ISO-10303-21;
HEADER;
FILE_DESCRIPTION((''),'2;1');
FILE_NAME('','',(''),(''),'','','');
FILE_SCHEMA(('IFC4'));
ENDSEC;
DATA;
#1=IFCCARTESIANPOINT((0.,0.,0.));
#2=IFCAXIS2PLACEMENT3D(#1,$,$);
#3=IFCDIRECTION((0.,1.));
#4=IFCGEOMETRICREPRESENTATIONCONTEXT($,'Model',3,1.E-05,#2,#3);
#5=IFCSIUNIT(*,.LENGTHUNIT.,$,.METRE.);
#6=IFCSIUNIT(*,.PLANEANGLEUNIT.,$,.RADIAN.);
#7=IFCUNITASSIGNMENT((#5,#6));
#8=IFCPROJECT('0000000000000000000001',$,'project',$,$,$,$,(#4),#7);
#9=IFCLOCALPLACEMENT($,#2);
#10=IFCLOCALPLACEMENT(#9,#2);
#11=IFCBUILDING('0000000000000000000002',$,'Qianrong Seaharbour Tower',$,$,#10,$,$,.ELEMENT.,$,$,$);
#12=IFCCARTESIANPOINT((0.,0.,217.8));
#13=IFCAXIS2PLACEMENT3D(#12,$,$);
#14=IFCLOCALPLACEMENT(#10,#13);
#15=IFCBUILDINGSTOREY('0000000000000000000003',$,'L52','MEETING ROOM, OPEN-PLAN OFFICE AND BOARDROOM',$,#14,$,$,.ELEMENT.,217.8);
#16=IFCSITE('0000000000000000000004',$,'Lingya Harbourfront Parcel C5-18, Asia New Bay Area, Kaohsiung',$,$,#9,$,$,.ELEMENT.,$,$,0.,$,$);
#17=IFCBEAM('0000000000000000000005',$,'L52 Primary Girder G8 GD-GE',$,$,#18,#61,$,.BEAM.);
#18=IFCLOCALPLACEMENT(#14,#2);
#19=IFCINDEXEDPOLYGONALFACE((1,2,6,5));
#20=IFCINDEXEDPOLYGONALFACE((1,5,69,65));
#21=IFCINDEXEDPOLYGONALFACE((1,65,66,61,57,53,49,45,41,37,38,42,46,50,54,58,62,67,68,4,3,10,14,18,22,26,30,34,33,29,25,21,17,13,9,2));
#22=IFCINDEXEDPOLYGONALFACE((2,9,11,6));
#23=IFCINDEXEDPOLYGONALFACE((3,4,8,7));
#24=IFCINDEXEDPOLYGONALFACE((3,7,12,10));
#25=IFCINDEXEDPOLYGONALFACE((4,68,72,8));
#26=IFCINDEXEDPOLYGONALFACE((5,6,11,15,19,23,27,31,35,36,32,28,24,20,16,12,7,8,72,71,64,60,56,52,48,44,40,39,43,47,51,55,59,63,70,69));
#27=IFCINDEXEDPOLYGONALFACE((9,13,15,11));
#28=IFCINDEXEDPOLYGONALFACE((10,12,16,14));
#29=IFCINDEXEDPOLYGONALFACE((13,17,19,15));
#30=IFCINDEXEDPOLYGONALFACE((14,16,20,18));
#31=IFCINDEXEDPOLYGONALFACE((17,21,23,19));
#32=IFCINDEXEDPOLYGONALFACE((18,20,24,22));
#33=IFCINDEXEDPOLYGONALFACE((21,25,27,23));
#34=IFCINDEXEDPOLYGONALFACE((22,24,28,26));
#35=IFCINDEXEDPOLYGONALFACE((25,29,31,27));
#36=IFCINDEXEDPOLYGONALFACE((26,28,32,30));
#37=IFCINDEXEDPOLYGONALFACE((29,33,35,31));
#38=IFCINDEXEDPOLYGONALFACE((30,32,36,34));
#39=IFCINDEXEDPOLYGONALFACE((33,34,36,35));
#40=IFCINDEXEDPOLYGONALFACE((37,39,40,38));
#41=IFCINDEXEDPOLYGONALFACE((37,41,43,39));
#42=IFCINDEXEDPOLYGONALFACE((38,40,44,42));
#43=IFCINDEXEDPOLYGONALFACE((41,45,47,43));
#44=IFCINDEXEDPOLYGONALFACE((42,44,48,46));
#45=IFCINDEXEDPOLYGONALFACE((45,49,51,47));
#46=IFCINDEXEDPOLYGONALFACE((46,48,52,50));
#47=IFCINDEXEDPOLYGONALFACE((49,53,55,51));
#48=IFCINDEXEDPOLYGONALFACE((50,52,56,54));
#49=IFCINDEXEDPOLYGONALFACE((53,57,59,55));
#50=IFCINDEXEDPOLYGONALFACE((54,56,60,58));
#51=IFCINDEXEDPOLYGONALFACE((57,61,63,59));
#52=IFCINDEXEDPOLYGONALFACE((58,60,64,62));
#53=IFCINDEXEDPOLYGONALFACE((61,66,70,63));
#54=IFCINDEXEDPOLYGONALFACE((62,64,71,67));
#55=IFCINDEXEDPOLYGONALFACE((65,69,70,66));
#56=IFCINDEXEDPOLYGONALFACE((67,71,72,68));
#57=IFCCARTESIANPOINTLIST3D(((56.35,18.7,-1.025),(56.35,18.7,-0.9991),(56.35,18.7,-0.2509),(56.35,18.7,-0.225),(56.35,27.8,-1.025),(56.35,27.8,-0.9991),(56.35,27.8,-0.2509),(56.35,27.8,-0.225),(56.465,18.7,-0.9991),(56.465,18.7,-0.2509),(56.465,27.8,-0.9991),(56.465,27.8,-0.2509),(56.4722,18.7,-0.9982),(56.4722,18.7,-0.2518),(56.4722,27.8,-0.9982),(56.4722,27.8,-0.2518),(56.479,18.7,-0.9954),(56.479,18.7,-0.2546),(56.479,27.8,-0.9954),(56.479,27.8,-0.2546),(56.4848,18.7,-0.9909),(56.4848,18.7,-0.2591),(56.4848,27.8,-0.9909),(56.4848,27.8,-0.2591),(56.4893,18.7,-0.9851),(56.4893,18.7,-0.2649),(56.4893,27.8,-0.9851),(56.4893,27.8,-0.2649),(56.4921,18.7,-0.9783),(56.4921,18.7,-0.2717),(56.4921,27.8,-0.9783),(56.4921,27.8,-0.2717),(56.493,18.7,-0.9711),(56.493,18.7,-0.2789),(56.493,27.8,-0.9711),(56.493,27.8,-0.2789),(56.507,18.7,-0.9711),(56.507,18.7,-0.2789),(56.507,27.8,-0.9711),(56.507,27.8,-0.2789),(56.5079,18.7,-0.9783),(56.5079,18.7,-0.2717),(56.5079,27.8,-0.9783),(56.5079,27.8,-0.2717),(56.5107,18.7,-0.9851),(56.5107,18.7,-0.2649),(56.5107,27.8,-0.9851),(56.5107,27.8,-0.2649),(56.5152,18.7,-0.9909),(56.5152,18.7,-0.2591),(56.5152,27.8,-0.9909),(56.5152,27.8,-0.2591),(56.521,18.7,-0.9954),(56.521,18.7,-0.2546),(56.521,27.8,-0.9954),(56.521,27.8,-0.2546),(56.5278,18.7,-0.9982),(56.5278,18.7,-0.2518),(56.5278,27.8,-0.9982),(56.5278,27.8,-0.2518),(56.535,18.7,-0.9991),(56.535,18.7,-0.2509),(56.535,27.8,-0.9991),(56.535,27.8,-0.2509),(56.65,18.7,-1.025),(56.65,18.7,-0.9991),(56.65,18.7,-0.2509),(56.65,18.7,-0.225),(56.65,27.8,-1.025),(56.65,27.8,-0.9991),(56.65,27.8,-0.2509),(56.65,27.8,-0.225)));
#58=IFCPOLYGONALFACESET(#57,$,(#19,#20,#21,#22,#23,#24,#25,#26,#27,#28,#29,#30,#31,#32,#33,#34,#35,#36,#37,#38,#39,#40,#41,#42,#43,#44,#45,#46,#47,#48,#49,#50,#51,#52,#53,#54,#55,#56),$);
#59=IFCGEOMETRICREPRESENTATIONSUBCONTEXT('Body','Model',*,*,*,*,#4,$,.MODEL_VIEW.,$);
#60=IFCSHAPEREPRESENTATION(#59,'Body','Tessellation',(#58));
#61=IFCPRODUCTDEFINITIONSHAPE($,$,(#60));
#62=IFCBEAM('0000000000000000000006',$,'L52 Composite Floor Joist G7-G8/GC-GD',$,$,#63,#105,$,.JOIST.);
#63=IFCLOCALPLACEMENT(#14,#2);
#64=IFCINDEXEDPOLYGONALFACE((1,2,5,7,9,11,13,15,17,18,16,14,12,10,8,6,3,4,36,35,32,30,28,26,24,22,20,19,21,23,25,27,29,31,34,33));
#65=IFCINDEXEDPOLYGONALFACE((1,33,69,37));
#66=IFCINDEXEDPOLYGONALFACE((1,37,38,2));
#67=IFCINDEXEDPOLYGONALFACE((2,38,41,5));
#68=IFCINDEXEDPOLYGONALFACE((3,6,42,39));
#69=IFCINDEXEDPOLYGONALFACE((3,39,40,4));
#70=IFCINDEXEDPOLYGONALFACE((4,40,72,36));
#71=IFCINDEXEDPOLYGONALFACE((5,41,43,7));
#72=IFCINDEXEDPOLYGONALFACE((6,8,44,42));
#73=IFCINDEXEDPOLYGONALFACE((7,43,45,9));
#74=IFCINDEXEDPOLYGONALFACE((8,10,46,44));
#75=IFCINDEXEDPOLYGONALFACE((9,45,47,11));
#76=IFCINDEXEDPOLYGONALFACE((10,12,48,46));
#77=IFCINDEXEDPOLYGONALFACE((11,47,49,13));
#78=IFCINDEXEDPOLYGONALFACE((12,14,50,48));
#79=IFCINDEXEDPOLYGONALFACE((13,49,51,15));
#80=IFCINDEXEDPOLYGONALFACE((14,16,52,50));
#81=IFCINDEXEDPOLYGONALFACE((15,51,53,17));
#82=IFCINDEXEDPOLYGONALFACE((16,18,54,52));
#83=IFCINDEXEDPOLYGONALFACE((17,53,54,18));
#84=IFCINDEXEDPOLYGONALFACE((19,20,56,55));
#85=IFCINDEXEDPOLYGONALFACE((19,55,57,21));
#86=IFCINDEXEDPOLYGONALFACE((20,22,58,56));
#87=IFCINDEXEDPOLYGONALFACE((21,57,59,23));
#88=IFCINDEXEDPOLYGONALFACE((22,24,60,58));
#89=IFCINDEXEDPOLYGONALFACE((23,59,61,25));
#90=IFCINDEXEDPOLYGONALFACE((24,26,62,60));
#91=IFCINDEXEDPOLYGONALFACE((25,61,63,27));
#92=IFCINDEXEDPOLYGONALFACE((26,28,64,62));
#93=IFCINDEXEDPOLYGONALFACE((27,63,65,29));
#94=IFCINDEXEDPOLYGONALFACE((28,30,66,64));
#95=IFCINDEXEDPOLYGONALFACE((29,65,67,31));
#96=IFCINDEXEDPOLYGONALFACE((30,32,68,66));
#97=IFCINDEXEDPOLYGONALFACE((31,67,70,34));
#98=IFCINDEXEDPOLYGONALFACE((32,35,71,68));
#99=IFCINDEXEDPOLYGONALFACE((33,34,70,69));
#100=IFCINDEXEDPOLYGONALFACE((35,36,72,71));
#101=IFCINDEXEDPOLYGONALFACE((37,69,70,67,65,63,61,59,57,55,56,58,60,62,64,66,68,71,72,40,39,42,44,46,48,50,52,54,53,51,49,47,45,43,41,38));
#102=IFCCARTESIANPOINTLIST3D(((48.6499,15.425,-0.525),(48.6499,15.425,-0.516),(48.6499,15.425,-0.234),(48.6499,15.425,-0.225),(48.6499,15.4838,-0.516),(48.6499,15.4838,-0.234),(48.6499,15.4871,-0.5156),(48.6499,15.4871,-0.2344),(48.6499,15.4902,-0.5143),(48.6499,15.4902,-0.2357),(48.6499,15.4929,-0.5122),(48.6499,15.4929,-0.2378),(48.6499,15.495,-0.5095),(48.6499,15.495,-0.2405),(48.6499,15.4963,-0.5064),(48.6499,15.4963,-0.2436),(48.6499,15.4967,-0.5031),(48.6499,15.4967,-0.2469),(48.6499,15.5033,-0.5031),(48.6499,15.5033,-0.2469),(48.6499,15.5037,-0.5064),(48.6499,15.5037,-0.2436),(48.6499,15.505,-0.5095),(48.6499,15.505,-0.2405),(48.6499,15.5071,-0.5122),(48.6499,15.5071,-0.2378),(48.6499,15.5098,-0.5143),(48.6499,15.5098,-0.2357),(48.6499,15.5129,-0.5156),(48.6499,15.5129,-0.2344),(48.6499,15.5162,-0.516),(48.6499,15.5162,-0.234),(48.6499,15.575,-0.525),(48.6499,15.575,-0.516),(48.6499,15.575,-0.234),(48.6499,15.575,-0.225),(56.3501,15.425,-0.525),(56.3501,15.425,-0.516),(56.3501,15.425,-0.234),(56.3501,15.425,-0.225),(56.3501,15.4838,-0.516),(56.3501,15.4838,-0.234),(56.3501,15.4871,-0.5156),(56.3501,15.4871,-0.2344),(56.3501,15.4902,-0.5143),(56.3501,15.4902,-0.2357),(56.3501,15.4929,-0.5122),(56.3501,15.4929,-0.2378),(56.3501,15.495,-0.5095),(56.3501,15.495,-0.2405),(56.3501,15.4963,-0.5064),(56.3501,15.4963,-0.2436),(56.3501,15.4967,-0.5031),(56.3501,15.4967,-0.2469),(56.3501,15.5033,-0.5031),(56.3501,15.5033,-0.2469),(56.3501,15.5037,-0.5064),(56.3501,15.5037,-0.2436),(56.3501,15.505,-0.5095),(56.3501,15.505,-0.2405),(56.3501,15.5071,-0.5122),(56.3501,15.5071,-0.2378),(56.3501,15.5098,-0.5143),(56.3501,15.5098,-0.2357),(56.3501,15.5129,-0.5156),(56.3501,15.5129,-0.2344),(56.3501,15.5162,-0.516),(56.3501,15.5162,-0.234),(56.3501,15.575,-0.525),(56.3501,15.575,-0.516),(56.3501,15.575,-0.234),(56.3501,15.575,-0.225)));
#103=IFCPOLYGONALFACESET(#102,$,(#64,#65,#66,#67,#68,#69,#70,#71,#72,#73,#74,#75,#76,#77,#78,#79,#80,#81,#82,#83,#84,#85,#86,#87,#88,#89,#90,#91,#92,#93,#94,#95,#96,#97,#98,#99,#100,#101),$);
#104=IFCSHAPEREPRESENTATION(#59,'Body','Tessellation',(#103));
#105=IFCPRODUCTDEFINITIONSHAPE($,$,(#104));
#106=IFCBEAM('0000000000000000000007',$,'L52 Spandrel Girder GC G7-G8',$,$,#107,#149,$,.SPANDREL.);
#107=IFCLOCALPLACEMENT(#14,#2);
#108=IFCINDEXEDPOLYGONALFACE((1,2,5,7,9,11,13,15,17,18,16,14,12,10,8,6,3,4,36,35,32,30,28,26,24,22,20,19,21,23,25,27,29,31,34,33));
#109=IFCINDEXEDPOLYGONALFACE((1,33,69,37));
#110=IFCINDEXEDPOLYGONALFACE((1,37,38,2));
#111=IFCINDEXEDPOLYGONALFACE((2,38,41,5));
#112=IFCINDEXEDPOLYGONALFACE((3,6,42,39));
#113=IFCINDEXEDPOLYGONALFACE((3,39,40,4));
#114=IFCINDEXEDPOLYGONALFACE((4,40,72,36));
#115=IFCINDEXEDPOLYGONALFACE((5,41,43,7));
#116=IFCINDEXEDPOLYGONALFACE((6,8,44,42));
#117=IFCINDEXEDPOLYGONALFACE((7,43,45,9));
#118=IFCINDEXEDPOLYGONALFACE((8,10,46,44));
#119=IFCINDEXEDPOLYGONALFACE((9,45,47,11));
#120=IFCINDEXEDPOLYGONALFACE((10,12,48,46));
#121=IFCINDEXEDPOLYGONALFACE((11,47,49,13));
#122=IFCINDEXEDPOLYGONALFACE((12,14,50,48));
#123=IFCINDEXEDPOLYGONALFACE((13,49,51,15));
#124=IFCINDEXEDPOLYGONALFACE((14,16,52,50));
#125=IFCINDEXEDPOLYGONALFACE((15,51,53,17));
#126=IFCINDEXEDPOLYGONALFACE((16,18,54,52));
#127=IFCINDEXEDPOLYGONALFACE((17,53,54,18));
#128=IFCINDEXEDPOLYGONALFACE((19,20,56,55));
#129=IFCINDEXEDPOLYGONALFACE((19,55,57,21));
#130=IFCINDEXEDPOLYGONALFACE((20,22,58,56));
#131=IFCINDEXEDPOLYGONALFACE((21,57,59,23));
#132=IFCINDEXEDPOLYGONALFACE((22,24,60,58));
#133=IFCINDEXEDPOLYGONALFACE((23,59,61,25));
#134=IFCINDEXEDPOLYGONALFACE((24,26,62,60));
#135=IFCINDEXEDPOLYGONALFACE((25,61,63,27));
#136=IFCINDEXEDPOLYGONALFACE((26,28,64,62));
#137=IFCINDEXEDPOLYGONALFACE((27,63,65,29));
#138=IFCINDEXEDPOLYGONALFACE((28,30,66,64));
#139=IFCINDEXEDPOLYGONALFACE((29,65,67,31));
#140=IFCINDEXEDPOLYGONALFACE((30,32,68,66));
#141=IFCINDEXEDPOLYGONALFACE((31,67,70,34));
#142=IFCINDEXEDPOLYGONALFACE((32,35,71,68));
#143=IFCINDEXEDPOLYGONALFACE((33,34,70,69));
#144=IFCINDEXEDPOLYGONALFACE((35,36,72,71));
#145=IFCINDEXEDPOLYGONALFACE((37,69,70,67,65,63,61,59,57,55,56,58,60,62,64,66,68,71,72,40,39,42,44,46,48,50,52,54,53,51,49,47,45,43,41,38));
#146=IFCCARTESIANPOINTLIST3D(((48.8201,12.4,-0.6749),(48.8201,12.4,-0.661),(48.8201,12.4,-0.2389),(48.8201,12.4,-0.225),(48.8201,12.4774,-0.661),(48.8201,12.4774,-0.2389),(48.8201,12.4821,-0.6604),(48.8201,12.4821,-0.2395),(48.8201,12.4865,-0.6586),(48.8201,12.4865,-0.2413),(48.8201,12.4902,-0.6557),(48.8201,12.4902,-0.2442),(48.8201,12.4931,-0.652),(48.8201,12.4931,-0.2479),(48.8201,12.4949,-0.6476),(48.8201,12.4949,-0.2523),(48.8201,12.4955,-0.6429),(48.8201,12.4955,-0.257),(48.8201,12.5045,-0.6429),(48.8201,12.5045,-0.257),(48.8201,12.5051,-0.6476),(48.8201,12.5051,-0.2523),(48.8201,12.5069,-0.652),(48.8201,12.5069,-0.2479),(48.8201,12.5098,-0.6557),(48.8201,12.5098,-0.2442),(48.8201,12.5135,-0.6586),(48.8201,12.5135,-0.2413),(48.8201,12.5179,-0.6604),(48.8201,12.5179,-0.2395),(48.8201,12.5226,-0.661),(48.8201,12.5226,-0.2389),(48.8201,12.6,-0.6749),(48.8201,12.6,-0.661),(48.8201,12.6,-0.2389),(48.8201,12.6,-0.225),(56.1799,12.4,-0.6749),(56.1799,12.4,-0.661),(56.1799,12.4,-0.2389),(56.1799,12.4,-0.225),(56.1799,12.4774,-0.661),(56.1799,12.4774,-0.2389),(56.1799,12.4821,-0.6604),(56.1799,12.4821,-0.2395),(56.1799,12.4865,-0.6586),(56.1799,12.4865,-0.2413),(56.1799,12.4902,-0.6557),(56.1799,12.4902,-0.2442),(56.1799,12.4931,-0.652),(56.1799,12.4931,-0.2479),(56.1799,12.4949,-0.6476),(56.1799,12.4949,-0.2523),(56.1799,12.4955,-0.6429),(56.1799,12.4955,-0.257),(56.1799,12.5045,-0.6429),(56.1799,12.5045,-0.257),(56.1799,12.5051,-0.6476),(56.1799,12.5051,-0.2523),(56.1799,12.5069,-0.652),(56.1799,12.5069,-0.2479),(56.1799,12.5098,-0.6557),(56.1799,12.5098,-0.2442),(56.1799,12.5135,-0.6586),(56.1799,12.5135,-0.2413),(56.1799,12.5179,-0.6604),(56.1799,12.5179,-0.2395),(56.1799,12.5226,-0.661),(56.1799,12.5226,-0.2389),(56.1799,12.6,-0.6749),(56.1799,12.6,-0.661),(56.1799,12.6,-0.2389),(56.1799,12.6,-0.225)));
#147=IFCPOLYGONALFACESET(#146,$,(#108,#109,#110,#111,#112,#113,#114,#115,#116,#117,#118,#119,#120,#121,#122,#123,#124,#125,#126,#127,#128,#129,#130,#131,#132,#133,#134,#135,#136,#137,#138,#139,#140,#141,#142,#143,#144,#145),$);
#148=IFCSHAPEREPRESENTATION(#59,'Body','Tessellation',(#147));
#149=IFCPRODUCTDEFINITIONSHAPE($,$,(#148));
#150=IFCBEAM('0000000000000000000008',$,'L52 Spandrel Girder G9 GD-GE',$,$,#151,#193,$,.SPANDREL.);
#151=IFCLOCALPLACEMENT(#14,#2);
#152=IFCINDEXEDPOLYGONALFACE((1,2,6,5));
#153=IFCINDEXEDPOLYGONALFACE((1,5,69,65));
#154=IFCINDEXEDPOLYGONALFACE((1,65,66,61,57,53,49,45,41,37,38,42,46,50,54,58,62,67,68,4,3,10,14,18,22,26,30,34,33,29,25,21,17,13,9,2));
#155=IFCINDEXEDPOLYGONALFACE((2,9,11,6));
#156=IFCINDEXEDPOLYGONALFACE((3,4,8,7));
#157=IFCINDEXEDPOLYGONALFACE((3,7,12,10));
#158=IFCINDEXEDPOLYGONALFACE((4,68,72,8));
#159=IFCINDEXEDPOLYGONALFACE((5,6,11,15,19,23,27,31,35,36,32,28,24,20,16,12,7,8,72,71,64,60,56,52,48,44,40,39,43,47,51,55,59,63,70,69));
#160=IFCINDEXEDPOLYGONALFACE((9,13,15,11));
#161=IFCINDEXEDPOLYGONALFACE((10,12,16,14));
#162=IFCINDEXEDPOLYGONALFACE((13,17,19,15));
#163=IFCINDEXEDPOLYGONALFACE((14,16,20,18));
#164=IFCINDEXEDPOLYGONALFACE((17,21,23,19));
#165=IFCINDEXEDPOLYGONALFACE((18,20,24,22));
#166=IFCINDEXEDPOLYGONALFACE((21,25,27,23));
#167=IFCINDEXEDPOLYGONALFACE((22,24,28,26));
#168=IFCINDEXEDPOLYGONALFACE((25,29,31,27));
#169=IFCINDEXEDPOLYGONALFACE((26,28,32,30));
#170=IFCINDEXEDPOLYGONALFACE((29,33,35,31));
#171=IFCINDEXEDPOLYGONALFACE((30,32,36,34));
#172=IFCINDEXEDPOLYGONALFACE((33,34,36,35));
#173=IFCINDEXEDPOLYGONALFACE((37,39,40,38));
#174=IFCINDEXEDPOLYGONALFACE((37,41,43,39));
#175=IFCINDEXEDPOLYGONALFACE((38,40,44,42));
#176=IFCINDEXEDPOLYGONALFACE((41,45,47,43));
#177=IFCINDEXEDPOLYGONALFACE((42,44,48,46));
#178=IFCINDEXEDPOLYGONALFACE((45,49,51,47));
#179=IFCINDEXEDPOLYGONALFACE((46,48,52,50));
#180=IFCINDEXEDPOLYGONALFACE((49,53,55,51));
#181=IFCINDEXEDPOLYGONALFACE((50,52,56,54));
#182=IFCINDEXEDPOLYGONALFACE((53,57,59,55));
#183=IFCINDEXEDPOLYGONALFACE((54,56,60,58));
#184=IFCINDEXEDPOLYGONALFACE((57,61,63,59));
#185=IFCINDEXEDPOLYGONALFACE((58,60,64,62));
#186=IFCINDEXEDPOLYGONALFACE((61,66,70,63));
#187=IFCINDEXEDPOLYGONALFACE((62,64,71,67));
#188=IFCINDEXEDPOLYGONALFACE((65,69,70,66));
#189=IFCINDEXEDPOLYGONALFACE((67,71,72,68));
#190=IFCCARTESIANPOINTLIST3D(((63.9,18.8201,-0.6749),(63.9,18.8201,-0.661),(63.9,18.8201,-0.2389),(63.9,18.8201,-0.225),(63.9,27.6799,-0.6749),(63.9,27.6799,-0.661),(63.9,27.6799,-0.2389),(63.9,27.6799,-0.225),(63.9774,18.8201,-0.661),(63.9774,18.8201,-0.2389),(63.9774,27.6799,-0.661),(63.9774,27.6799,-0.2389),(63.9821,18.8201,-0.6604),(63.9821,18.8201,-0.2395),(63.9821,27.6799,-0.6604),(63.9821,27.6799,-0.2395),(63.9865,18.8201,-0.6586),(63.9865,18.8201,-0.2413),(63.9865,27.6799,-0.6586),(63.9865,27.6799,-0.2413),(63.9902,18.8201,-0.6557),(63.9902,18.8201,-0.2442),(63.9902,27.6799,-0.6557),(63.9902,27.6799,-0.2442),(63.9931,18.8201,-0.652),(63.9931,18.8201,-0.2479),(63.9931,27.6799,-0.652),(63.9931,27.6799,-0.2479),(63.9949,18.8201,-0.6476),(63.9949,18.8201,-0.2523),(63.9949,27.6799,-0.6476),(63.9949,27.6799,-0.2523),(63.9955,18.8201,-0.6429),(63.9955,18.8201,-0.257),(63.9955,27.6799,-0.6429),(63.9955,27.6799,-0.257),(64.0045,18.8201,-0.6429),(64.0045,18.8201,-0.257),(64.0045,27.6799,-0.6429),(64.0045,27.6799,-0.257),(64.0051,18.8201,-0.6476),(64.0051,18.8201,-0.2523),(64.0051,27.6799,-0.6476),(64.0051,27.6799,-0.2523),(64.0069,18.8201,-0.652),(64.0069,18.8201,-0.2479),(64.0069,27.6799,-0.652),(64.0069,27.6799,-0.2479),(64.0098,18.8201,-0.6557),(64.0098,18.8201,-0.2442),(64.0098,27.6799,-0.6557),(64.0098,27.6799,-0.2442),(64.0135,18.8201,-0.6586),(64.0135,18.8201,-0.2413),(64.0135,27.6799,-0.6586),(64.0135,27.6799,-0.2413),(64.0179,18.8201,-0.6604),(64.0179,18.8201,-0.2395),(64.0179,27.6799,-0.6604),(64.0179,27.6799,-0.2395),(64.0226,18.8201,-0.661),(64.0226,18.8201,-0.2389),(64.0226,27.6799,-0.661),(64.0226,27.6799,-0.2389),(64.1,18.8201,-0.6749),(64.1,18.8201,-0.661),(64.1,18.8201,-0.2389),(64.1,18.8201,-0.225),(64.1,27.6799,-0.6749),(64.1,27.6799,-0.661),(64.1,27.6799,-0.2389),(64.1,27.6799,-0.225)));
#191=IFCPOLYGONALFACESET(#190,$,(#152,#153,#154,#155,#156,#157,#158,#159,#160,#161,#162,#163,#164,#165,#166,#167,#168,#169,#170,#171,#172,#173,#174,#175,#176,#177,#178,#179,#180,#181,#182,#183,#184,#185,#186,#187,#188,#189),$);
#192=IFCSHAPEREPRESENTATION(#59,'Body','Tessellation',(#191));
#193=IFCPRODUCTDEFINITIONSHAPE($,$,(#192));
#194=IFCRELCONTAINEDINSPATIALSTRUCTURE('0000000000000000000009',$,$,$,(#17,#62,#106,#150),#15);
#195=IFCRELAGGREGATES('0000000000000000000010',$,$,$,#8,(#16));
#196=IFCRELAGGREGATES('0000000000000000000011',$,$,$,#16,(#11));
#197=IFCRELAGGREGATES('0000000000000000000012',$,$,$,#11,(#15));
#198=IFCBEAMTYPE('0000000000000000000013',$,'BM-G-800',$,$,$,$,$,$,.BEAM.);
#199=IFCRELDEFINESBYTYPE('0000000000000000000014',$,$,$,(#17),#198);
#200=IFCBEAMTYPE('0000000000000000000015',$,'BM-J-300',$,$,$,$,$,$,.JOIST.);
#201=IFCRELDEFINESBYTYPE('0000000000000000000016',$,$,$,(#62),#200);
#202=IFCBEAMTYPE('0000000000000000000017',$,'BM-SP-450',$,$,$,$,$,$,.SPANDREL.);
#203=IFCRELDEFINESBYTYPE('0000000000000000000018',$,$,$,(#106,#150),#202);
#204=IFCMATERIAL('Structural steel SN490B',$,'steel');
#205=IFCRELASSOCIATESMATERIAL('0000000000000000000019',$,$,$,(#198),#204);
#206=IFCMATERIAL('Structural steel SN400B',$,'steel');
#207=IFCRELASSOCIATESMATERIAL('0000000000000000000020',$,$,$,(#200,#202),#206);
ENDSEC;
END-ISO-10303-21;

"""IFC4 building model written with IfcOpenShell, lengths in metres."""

from ifc_helpers import new_model, si_unit, direction, frame, origin, origin_2d, place, context, subcontext, project, spatial, i_section, extrude, material, material_profile, profile_set, type_object, element, save


model = new_model("IFC4")

# Units and contexts
model_context = context("Model", 3, precision=1e-05, world=origin(), true_north=direction((0.0, 1.0)))
body_context = subcontext(model_context, "Body", "Model", "MODEL_VIEW")
ifc_project = project(units=[si_unit("LENGTHUNIT", "METRE"), si_unit("PLANEANGLEUNIT", "RADIAN")], contexts=[model_context])

# Site, building, storey
site_placement = place(None, origin())
site = spatial("IfcSite", under=ifc_project, at=site_placement, Name="Lingya Harbourfront Parcel C5-18, Asia New Bay Area, Kaohsiung", CompositionType="ELEMENT", RefElevation=0.0)
building_placement = place(site_placement, origin())
building = spatial("IfcBuilding", under=site, at=building_placement, Name="Qianrong Seaharbour Tower", CompositionType="ELEMENT")
storey_placement = place(building_placement, frame((0.0, 0.0, 217.8)))
storey = spatial("IfcBuildingStorey", under=building, at=storey_placement, Name="L52", Description="MEETING ROOM, OPEN-PLAN OFFICE AND BOARDROOM", CompositionType="ELEMENT", Elevation=217.8)

# Shared definitions
ifc_material_1 = material(Name="Structural steel SN490B", Category="steel")

# Beams
ifc_material_profile_1 = material_profile(ifc_material_1, i_section(OverallWidth=0.3, OverallDepth=0.8, WebThickness=0.0139, FlangeThickness=0.0259, FilletRadius=0.0281, at=origin_2d()), Name="H800x300x14x26")
ifc_profile_set_1 = profile_set([ifc_material_profile_1], Name="Structural steel SN490B")
beam_type_1 = type_object("IfcBeamType", Name="BM-G-800", PredefinedType="BEAM", material=ifc_profile_set_1)
for number, where, z_axis, x_axis, name in (
    (1, (56.5, 18.7, -0.625), (0.0, 1.0, 0.0), (-1.0, 0.0, 0.0), "L52 Primary Girder G8 GD-GE"),
):
    element("IfcBeam", number, at=place(storey_placement, frame(where, z_axis=z_axis, x_axis=x_axis)), inside=storey, type_object=beam_type_1, Name=name, PredefinedType="BEAM", context=body_context, shape_type="SweptSolid", body=[
        extrude(i_section(OverallWidth=0.3, OverallDepth=0.8, WebThickness=0.0139, FlangeThickness=0.0259, FilletRadius=0.0281, at=origin_2d()), origin(), (0.0, 0.0, 1.0), 9.1001),
    ])
ifc_material_2 = material(Name="Structural steel SN400B", Category="steel")
ifc_material_profile_2 = material_profile(ifc_material_2, i_section(OverallWidth=0.1499, OverallDepth=0.3, WebThickness=0.0066, FlangeThickness=0.009, FilletRadius=0.0129, at=origin_2d()), Name="H300x150x6.5x9")
ifc_profile_set_2 = profile_set([ifc_material_profile_2], Name="Structural steel SN400B")
beam_type_2 = type_object("IfcBeamType", Name="BM-J-300", PredefinedType="JOIST", material=ifc_profile_set_2)
beam_1_placement = place(storey_placement, frame((48.6499, 15.5, -0.375), z_axis=(1.0, 0.0, 0.0), x_axis=(0.0, 1.0, 0.0)))
element("IfcBeam", 2, at=beam_1_placement, inside=storey, type_object=beam_type_2, Name="L52 Composite Floor Joist G7-G8/GC-GD", PredefinedType="JOIST", context=body_context, shape_type="SweptSolid", body=[
    extrude(i_section(OverallWidth=0.1499, OverallDepth=0.3, WebThickness=0.0066, FlangeThickness=0.009, FilletRadius=0.0129, at=origin_2d()), origin(), (0.0, 0.0, 1.0), 7.7002),
])
ifc_material_profile_3 = material_profile(ifc_material_2, i_section(OverallWidth=0.2, OverallDepth=0.45, WebThickness=0.009, FlangeThickness=0.0139, FilletRadius=0.0181, at=origin_2d()), Name="H450x200x9x14")
ifc_profile_set_3 = profile_set([ifc_material_profile_3], Name="Structural steel SN400B")
beam_type_3 = type_object("IfcBeamType", Name="BM-SP-450", PredefinedType="SPANDREL", material=ifc_profile_set_3)
beam_2_placement = place(storey_placement, frame((48.8201, 12.5, -0.45), z_axis=(1.0, 0.0, 0.0), x_axis=(0.0, 1.0, 0.0)))
element("IfcBeam", 3, at=beam_2_placement, inside=storey, type_object=beam_type_3, Name="L52 Spandrel Girder GC G7-G8", PredefinedType="SPANDREL", context=body_context, shape_type="SweptSolid", body=[
    extrude(i_section(OverallWidth=0.2, OverallDepth=0.45, WebThickness=0.009, FlangeThickness=0.0139, FilletRadius=0.0181, at=origin_2d()), origin(), (0.0, 0.0, 1.0), 7.3599),
])
beam_3_placement = place(storey_placement, frame((64.0, 18.8201, -0.45), z_axis=(0.0, 1.0, 0.0), x_axis=(-1.0, 0.0, 0.0)))
element("IfcBeam", 4, at=beam_3_placement, inside=storey, type_object=beam_type_3, Name="L52 Spandrel Girder G9 GD-GE", PredefinedType="SPANDREL", context=body_context, shape_type="SweptSolid", body=[
    extrude(i_section(OverallWidth=0.2, OverallDepth=0.45, WebThickness=0.009, FlangeThickness=0.0139, FilletRadius=0.0181, at=origin_2d()), origin(), (0.0, 0.0, 1.0), 8.8599),
])

save(model, "model.ifc")
